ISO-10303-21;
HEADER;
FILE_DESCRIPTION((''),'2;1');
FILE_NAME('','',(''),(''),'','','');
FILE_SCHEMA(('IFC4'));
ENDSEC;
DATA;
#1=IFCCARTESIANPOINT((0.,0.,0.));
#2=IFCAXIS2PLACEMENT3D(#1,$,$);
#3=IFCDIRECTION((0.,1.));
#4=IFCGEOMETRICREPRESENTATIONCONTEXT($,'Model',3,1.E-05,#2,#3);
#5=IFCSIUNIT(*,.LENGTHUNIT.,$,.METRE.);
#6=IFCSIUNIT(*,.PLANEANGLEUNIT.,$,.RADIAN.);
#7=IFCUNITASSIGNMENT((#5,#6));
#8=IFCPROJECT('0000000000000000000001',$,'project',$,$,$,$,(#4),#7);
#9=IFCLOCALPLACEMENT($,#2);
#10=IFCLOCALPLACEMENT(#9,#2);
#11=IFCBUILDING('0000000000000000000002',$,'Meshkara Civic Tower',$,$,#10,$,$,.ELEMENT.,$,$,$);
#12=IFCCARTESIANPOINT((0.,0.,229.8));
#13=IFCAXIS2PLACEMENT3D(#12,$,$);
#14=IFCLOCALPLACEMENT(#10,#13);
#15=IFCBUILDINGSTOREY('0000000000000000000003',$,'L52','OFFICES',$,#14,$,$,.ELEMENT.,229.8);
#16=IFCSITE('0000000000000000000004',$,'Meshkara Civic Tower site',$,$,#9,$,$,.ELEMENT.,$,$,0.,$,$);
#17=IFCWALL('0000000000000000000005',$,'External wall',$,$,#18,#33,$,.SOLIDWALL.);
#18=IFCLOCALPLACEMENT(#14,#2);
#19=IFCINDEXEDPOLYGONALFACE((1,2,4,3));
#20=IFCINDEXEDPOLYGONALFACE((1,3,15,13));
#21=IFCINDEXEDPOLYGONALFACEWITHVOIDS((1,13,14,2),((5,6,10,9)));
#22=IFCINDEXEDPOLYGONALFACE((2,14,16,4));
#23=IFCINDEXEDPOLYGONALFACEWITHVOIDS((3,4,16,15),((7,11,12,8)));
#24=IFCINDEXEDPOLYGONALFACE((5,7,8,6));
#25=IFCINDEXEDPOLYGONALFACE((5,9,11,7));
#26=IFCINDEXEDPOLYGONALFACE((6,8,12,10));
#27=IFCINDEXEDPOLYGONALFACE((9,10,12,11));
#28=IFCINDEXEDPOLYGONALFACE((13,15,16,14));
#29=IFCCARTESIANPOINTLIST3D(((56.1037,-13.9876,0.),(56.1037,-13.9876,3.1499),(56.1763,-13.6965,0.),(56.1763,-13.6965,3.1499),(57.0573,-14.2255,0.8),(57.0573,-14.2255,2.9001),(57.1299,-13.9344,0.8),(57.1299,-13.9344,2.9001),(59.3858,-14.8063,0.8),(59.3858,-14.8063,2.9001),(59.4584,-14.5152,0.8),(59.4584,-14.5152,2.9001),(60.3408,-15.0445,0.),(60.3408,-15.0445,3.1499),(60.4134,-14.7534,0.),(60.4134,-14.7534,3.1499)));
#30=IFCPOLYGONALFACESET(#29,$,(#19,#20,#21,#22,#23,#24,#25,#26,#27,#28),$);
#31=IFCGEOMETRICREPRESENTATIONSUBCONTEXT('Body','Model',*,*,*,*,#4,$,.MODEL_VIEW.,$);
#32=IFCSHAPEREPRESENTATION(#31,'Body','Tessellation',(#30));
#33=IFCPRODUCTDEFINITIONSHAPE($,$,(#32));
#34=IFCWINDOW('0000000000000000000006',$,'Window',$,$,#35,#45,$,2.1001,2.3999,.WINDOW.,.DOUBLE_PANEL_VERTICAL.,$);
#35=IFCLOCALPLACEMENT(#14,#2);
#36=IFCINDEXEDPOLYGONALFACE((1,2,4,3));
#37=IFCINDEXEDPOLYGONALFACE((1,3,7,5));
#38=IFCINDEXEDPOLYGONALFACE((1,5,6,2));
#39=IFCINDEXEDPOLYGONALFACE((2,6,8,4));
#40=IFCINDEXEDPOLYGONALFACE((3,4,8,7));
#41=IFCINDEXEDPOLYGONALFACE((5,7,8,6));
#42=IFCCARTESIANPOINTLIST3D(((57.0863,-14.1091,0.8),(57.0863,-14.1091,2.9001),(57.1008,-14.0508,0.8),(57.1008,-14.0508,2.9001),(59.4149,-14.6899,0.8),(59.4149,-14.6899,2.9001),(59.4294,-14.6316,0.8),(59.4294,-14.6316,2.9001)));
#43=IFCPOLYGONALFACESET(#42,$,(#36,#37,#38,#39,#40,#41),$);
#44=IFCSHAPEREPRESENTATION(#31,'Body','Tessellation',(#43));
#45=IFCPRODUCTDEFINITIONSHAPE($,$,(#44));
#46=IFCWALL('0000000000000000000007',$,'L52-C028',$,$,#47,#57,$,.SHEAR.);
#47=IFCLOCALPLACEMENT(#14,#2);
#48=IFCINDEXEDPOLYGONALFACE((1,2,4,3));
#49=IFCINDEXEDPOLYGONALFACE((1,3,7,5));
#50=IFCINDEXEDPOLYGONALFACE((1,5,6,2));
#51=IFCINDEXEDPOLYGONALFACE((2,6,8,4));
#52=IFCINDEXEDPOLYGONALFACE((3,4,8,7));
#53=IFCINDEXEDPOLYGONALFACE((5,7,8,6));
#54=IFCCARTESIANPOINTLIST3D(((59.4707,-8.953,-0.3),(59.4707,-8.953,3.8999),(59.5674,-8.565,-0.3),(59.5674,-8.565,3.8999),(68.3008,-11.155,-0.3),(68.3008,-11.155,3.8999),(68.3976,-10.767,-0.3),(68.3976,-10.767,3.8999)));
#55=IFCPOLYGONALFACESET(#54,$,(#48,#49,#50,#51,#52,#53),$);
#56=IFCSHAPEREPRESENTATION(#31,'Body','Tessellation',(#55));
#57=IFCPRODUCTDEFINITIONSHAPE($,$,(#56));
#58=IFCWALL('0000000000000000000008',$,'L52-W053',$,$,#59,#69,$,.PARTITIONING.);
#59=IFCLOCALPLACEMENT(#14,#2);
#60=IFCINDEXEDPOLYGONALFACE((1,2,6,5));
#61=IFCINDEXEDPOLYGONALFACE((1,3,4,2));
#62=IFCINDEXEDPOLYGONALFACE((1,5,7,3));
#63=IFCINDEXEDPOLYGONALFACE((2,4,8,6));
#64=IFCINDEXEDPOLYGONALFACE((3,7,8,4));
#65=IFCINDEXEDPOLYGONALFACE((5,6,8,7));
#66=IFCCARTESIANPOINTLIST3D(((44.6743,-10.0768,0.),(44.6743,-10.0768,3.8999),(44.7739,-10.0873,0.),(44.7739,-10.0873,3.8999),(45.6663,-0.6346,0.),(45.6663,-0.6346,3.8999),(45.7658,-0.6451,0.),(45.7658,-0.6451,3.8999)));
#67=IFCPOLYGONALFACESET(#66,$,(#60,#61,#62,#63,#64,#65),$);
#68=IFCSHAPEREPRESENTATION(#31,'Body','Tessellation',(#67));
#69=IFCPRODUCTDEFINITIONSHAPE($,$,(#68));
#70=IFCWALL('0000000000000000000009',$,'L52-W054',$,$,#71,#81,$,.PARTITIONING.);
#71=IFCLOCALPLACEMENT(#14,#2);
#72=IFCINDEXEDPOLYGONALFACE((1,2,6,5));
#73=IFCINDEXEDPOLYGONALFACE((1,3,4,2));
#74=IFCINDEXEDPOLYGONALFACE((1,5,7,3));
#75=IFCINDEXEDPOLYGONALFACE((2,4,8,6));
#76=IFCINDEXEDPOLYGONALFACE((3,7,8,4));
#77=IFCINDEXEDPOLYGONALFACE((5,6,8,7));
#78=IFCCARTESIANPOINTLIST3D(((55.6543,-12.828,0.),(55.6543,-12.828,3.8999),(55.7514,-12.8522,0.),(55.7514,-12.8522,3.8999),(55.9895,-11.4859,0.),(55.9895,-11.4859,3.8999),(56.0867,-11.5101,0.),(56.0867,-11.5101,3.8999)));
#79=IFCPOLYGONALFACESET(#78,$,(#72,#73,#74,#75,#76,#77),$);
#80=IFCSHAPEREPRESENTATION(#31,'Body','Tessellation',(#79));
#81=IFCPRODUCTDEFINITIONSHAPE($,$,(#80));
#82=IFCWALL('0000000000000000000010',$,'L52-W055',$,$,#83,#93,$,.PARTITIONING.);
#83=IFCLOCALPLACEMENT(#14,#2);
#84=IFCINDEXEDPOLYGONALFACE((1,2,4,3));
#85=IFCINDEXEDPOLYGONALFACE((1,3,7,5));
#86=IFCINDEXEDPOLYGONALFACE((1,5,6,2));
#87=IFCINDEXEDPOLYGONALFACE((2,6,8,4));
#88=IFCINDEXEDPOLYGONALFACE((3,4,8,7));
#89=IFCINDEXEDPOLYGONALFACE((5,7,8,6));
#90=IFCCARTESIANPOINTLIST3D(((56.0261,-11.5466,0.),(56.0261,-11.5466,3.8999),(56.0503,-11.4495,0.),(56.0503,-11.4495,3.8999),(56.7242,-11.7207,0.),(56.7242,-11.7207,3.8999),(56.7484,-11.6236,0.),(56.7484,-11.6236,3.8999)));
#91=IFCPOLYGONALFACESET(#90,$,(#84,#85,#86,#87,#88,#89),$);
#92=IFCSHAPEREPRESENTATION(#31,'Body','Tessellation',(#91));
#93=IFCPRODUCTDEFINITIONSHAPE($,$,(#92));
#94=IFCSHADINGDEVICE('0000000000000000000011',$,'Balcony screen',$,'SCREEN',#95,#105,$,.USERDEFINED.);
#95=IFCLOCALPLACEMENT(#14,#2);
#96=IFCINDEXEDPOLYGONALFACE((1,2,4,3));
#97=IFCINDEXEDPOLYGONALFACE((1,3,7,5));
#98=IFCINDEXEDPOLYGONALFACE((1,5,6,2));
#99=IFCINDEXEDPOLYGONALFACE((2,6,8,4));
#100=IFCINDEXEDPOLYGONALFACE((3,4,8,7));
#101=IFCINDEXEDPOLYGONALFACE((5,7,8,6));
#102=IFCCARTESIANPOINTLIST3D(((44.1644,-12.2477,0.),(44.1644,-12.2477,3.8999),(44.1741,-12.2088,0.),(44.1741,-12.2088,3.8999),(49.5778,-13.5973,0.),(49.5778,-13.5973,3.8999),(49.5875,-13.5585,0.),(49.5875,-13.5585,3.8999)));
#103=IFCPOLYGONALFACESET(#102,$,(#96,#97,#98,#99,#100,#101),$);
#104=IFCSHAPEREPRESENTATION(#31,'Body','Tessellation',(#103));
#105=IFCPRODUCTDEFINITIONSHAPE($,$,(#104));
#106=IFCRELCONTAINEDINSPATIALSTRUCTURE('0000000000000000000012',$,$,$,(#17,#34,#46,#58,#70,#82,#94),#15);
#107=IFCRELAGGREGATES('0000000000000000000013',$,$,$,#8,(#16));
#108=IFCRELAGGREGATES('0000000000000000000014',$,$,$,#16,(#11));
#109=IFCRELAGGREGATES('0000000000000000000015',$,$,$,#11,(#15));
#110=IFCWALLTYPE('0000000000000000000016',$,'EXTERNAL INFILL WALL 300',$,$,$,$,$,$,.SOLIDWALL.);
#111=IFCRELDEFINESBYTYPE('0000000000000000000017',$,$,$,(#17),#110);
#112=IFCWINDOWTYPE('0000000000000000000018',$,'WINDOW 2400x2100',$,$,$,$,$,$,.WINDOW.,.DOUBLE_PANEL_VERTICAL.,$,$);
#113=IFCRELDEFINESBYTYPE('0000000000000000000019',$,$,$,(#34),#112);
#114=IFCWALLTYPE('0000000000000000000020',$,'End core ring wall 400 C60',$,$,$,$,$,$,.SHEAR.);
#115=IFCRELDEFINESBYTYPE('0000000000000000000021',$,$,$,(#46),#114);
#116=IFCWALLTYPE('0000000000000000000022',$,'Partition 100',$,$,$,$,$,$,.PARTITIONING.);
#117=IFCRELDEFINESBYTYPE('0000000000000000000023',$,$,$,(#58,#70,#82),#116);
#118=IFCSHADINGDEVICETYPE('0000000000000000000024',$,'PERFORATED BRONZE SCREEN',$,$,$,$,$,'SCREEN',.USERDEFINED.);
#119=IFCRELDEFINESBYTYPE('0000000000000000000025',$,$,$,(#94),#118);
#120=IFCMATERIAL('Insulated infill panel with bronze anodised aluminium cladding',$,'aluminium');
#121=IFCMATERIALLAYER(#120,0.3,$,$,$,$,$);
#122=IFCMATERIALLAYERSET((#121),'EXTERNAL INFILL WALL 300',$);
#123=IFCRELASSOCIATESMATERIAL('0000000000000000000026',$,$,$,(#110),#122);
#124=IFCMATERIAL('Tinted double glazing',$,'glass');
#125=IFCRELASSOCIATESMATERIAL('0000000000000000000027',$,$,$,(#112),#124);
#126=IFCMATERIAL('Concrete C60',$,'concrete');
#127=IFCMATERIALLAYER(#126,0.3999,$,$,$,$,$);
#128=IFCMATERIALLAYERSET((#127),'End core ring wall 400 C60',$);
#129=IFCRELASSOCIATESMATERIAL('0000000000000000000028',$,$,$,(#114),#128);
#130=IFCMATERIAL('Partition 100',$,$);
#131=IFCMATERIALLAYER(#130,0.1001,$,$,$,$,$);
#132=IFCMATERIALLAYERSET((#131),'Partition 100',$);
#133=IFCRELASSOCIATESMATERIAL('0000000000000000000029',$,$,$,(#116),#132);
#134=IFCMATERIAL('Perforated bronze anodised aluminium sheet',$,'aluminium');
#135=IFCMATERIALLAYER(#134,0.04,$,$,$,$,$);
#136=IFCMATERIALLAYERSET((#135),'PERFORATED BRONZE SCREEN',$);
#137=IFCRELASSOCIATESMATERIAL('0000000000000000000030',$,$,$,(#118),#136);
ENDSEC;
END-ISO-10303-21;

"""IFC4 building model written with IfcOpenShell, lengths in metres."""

from ifc_helpers import new_model, si_unit, direction, frame, frame_2d, origin, origin_2d, place, context, subcontext, project, spatial, rectangle, extrude, material, layer, layer_set, type_object, element, fill, save


model = new_model("IFC4")

# Units and contexts
model_context = context("Model", 3, precision=1e-05, world=origin(), true_north=direction((0.0, 1.0)))
body_context = subcontext(model_context, "Body", "Model", "MODEL_VIEW")
ifc_project = project(units=[si_unit("LENGTHUNIT", "METRE"), si_unit("PLANEANGLEUNIT", "RADIAN")], contexts=[model_context])

# Site, building, storey
site_placement = place(None, origin())
site = spatial("IfcSite", under=ifc_project, at=site_placement, Name="Meshkara Civic Tower site", CompositionType="ELEMENT", RefElevation=0.0)
building_placement = place(site_placement, origin())
building = spatial("IfcBuilding", under=site, at=building_placement, Name="Meshkara Civic Tower", CompositionType="ELEMENT")
storey_placement = place(building_placement, frame((0.0, 0.0, 229.8)))
storey = spatial("IfcBuildingStorey", under=building, at=storey_placement, Name="L52", Description="OFFICES", CompositionType="ELEMENT", Elevation=229.8)

# Wall, opening, window
ifc_material_1 = material(Name="Insulated infill panel with bronze anodised aluminium cladding", Category="aluminium")
ifc_layer_1 = layer(ifc_material_1, 0.3)
ifc_layer_set_1 = layer_set([ifc_layer_1], Name="EXTERNAL INFILL WALL 300")
wall_type_1 = type_object("IfcWallType", Name="EXTERNAL INFILL WALL 300", PredefinedType="SOLIDWALL", material=ifc_layer_set_1)
ifc_material_2 = material(Name="Tinted double glazing", Category="glass")
window_type = type_object("IfcWindowType", Name="WINDOW 2400x2100", PartitioningType="DOUBLE_PANEL_VERTICAL", PredefinedType="WINDOW", material=ifc_material_2)
wall_1_placement = place(storey_placement, frame((56.1399, -13.842, 0.0), z_axis=(0.0, 0.0, 1.0), x_axis=(0.970271, -0.242023, 0.0)))
wall_1 = element("IfcWall", 1, at=wall_1_placement, inside=storey, type_object=wall_type_1, Name="External wall", PredefinedType="SOLIDWALL", context=body_context, shape_type="SweptSolid", body=[
    extrude(rectangle(XDim=4.3669, YDim=0.3, at=frame_2d((2.1836, 0.0))), origin(), (0.0, 0.0, 1.0), 3.1499),
])
opening_1_placement = place(wall_1_placement, frame((0.9829, 0.0, 0.8)))
opening_1 = element("IfcOpeningElement", 2, at=opening_1_placement, cuts=wall_1, PredefinedType="OPENING", context=body_context, shape_type="SweptSolid", body=[
    extrude(rectangle(XDim=2.3999, YDim=2.1001, at=frame_2d((1.2, 1.05))), frame((0.0, 0.1599, 0.0), z_axis=(0.0, -1.0, 0.0), x_axis=(1.0, 0.0, 0.0)), (0.0, 0.0, 1.0), 0.3201),
])
window_1_placement = place(opening_1_placement, origin())
window_1 = element("IfcWindow", 3, at=window_1_placement, inside=storey, type_object=window_type, Name="Window", OverallHeight=2.1001, OverallWidth=2.3999, PartitioningType="DOUBLE_PANEL_VERTICAL", PredefinedType="WINDOW", context=body_context, shape_type="SweptSolid", body=[
    extrude(rectangle(XDim=2.3999, YDim=2.1001, at=frame_2d((1.2, 1.05))), frame((0.0, 0.03, 0.0), z_axis=(0.0, -1.0, 0.0), x_axis=(1.0, 0.0, 0.0)), (0.0, 0.0, 1.0), 0.0601),
])
fill(opening_1, window_1)

# Wall
ifc_material_3 = material(Name="Concrete C60", Category="concrete")
ifc_layer_2 = layer(ifc_material_3, 0.3999)
ifc_layer_set_2 = layer_set([ifc_layer_2], Name="End core ring wall 400 C60")
wall_type_2 = type_object("IfcWallType", Name="End core ring wall 400 C60", PredefinedType="SHEAR", material=ifc_layer_set_2)
wall_2_placement = place(storey_placement, frame((59.519, -8.759, -0.3), z_axis=(0.0, 0.0, 1.0), x_axis=(0.970288, -0.241955, 0.0)))
element("IfcWall", 4, at=wall_2_placement, inside=storey, type_object=wall_type_2, Name="L52-C028", PredefinedType="SHEAR", context=body_context, shape_type="SweptSolid", body=[
    extrude(rectangle(XDim=9.1006, YDim=0.3999, at=frame_2d((4.5503, 0.0))), origin(), (0.0, 0.0, 1.0), 4.2),
])

# Walls
ifc_material_4 = material(Name="Partition 100")
ifc_layer_3 = layer(ifc_material_4, 0.1001)
ifc_layer_set_3 = layer_set([ifc_layer_3], Name="Partition 100")
wall_type_3 = type_object("IfcWallType", Name="Partition 100", PredefinedType="PARTITIONING", material=ifc_layer_set_3)
wall_3_placement = place(storey_placement, frame((44.7241, -10.082, 0.0), z_axis=(0.0, 0.0, 1.0), x_axis=(0.10448, 0.994527, 0.0)))
element("IfcWall", 5, at=wall_3_placement, inside=storey, type_object=wall_type_3, Name="L52-W053", PredefinedType="PARTITIONING", context=body_context, shape_type="SweptSolid", body=[
    extrude(rectangle(XDim=9.4941, YDim=0.1001, at=frame_2d((4.7471, 0.0))), origin(), (0.0, 0.0, 1.0), 3.8999),
])
wall_4_placement = place(storey_placement, frame((55.7029, -12.8401, 0.0), z_axis=(0.0, 0.0, 1.0), x_axis=(0.242328, 0.970194, 0.0)))
element("IfcWall", 6, at=wall_4_placement, inside=storey, type_object=wall_type_3, Name="L52-W054", PredefinedType="PARTITIONING", context=body_context, shape_type="SweptSolid", body=[
    extrude(rectangle(XDim=1.3833, YDim=0.1001, at=frame_2d((0.6917, 0.0))), origin(), (0.0, 0.0, 1.0), 3.8999),
])
wall_5_placement = place(storey_placement, frame((56.0381, -11.498, 0.0), z_axis=(0.0, 0.0, 1.0), x_axis=(0.970282, -0.241977, 0.0)))
element("IfcWall", 7, at=wall_5_placement, inside=storey, type_object=wall_type_3, Name="L52-W055", PredefinedType="PARTITIONING", context=body_context, shape_type="SweptSolid", body=[
    extrude(rectangle(XDim=0.7195, YDim=0.1001, at=frame_2d((0.3599, 0.0))), origin(), (0.0, 0.0, 1.0), 3.8999),
])

# Shading device
ifc_material_5 = material(Name="Perforated bronze anodised aluminium sheet", Category="aluminium")
ifc_layer_4 = layer(ifc_material_5, 0.04)
ifc_layer_set_4 = layer_set([ifc_layer_4], Name="PERFORATED BRONZE SCREEN")
shading_device_type = type_object("IfcShadingDeviceType", Name="PERFORATED BRONZE SCREEN", ElementType="SCREEN", PredefinedType="USERDEFINED", material=ifc_layer_set_4)
shading_device_placement = place(storey_placement, frame((46.876, -12.9031, 0.0), z_axis=(0.0, 0.0, 1.0), x_axis=(0.9703, -0.241905, 0.0)))
element("IfcShadingDevice", 8, at=shading_device_placement, inside=storey, type_object=shading_device_type, Name="Balcony screen", ObjectType="SCREEN", PredefinedType="USERDEFINED", context=body_context, shape_type="SweptSolid", body=[
    extrude(rectangle(XDim=5.5791, YDim=0.04, at=origin_2d()), origin(), (0.0, 0.0, 1.0), 3.8999),
])

save(model, "model.ifc")
